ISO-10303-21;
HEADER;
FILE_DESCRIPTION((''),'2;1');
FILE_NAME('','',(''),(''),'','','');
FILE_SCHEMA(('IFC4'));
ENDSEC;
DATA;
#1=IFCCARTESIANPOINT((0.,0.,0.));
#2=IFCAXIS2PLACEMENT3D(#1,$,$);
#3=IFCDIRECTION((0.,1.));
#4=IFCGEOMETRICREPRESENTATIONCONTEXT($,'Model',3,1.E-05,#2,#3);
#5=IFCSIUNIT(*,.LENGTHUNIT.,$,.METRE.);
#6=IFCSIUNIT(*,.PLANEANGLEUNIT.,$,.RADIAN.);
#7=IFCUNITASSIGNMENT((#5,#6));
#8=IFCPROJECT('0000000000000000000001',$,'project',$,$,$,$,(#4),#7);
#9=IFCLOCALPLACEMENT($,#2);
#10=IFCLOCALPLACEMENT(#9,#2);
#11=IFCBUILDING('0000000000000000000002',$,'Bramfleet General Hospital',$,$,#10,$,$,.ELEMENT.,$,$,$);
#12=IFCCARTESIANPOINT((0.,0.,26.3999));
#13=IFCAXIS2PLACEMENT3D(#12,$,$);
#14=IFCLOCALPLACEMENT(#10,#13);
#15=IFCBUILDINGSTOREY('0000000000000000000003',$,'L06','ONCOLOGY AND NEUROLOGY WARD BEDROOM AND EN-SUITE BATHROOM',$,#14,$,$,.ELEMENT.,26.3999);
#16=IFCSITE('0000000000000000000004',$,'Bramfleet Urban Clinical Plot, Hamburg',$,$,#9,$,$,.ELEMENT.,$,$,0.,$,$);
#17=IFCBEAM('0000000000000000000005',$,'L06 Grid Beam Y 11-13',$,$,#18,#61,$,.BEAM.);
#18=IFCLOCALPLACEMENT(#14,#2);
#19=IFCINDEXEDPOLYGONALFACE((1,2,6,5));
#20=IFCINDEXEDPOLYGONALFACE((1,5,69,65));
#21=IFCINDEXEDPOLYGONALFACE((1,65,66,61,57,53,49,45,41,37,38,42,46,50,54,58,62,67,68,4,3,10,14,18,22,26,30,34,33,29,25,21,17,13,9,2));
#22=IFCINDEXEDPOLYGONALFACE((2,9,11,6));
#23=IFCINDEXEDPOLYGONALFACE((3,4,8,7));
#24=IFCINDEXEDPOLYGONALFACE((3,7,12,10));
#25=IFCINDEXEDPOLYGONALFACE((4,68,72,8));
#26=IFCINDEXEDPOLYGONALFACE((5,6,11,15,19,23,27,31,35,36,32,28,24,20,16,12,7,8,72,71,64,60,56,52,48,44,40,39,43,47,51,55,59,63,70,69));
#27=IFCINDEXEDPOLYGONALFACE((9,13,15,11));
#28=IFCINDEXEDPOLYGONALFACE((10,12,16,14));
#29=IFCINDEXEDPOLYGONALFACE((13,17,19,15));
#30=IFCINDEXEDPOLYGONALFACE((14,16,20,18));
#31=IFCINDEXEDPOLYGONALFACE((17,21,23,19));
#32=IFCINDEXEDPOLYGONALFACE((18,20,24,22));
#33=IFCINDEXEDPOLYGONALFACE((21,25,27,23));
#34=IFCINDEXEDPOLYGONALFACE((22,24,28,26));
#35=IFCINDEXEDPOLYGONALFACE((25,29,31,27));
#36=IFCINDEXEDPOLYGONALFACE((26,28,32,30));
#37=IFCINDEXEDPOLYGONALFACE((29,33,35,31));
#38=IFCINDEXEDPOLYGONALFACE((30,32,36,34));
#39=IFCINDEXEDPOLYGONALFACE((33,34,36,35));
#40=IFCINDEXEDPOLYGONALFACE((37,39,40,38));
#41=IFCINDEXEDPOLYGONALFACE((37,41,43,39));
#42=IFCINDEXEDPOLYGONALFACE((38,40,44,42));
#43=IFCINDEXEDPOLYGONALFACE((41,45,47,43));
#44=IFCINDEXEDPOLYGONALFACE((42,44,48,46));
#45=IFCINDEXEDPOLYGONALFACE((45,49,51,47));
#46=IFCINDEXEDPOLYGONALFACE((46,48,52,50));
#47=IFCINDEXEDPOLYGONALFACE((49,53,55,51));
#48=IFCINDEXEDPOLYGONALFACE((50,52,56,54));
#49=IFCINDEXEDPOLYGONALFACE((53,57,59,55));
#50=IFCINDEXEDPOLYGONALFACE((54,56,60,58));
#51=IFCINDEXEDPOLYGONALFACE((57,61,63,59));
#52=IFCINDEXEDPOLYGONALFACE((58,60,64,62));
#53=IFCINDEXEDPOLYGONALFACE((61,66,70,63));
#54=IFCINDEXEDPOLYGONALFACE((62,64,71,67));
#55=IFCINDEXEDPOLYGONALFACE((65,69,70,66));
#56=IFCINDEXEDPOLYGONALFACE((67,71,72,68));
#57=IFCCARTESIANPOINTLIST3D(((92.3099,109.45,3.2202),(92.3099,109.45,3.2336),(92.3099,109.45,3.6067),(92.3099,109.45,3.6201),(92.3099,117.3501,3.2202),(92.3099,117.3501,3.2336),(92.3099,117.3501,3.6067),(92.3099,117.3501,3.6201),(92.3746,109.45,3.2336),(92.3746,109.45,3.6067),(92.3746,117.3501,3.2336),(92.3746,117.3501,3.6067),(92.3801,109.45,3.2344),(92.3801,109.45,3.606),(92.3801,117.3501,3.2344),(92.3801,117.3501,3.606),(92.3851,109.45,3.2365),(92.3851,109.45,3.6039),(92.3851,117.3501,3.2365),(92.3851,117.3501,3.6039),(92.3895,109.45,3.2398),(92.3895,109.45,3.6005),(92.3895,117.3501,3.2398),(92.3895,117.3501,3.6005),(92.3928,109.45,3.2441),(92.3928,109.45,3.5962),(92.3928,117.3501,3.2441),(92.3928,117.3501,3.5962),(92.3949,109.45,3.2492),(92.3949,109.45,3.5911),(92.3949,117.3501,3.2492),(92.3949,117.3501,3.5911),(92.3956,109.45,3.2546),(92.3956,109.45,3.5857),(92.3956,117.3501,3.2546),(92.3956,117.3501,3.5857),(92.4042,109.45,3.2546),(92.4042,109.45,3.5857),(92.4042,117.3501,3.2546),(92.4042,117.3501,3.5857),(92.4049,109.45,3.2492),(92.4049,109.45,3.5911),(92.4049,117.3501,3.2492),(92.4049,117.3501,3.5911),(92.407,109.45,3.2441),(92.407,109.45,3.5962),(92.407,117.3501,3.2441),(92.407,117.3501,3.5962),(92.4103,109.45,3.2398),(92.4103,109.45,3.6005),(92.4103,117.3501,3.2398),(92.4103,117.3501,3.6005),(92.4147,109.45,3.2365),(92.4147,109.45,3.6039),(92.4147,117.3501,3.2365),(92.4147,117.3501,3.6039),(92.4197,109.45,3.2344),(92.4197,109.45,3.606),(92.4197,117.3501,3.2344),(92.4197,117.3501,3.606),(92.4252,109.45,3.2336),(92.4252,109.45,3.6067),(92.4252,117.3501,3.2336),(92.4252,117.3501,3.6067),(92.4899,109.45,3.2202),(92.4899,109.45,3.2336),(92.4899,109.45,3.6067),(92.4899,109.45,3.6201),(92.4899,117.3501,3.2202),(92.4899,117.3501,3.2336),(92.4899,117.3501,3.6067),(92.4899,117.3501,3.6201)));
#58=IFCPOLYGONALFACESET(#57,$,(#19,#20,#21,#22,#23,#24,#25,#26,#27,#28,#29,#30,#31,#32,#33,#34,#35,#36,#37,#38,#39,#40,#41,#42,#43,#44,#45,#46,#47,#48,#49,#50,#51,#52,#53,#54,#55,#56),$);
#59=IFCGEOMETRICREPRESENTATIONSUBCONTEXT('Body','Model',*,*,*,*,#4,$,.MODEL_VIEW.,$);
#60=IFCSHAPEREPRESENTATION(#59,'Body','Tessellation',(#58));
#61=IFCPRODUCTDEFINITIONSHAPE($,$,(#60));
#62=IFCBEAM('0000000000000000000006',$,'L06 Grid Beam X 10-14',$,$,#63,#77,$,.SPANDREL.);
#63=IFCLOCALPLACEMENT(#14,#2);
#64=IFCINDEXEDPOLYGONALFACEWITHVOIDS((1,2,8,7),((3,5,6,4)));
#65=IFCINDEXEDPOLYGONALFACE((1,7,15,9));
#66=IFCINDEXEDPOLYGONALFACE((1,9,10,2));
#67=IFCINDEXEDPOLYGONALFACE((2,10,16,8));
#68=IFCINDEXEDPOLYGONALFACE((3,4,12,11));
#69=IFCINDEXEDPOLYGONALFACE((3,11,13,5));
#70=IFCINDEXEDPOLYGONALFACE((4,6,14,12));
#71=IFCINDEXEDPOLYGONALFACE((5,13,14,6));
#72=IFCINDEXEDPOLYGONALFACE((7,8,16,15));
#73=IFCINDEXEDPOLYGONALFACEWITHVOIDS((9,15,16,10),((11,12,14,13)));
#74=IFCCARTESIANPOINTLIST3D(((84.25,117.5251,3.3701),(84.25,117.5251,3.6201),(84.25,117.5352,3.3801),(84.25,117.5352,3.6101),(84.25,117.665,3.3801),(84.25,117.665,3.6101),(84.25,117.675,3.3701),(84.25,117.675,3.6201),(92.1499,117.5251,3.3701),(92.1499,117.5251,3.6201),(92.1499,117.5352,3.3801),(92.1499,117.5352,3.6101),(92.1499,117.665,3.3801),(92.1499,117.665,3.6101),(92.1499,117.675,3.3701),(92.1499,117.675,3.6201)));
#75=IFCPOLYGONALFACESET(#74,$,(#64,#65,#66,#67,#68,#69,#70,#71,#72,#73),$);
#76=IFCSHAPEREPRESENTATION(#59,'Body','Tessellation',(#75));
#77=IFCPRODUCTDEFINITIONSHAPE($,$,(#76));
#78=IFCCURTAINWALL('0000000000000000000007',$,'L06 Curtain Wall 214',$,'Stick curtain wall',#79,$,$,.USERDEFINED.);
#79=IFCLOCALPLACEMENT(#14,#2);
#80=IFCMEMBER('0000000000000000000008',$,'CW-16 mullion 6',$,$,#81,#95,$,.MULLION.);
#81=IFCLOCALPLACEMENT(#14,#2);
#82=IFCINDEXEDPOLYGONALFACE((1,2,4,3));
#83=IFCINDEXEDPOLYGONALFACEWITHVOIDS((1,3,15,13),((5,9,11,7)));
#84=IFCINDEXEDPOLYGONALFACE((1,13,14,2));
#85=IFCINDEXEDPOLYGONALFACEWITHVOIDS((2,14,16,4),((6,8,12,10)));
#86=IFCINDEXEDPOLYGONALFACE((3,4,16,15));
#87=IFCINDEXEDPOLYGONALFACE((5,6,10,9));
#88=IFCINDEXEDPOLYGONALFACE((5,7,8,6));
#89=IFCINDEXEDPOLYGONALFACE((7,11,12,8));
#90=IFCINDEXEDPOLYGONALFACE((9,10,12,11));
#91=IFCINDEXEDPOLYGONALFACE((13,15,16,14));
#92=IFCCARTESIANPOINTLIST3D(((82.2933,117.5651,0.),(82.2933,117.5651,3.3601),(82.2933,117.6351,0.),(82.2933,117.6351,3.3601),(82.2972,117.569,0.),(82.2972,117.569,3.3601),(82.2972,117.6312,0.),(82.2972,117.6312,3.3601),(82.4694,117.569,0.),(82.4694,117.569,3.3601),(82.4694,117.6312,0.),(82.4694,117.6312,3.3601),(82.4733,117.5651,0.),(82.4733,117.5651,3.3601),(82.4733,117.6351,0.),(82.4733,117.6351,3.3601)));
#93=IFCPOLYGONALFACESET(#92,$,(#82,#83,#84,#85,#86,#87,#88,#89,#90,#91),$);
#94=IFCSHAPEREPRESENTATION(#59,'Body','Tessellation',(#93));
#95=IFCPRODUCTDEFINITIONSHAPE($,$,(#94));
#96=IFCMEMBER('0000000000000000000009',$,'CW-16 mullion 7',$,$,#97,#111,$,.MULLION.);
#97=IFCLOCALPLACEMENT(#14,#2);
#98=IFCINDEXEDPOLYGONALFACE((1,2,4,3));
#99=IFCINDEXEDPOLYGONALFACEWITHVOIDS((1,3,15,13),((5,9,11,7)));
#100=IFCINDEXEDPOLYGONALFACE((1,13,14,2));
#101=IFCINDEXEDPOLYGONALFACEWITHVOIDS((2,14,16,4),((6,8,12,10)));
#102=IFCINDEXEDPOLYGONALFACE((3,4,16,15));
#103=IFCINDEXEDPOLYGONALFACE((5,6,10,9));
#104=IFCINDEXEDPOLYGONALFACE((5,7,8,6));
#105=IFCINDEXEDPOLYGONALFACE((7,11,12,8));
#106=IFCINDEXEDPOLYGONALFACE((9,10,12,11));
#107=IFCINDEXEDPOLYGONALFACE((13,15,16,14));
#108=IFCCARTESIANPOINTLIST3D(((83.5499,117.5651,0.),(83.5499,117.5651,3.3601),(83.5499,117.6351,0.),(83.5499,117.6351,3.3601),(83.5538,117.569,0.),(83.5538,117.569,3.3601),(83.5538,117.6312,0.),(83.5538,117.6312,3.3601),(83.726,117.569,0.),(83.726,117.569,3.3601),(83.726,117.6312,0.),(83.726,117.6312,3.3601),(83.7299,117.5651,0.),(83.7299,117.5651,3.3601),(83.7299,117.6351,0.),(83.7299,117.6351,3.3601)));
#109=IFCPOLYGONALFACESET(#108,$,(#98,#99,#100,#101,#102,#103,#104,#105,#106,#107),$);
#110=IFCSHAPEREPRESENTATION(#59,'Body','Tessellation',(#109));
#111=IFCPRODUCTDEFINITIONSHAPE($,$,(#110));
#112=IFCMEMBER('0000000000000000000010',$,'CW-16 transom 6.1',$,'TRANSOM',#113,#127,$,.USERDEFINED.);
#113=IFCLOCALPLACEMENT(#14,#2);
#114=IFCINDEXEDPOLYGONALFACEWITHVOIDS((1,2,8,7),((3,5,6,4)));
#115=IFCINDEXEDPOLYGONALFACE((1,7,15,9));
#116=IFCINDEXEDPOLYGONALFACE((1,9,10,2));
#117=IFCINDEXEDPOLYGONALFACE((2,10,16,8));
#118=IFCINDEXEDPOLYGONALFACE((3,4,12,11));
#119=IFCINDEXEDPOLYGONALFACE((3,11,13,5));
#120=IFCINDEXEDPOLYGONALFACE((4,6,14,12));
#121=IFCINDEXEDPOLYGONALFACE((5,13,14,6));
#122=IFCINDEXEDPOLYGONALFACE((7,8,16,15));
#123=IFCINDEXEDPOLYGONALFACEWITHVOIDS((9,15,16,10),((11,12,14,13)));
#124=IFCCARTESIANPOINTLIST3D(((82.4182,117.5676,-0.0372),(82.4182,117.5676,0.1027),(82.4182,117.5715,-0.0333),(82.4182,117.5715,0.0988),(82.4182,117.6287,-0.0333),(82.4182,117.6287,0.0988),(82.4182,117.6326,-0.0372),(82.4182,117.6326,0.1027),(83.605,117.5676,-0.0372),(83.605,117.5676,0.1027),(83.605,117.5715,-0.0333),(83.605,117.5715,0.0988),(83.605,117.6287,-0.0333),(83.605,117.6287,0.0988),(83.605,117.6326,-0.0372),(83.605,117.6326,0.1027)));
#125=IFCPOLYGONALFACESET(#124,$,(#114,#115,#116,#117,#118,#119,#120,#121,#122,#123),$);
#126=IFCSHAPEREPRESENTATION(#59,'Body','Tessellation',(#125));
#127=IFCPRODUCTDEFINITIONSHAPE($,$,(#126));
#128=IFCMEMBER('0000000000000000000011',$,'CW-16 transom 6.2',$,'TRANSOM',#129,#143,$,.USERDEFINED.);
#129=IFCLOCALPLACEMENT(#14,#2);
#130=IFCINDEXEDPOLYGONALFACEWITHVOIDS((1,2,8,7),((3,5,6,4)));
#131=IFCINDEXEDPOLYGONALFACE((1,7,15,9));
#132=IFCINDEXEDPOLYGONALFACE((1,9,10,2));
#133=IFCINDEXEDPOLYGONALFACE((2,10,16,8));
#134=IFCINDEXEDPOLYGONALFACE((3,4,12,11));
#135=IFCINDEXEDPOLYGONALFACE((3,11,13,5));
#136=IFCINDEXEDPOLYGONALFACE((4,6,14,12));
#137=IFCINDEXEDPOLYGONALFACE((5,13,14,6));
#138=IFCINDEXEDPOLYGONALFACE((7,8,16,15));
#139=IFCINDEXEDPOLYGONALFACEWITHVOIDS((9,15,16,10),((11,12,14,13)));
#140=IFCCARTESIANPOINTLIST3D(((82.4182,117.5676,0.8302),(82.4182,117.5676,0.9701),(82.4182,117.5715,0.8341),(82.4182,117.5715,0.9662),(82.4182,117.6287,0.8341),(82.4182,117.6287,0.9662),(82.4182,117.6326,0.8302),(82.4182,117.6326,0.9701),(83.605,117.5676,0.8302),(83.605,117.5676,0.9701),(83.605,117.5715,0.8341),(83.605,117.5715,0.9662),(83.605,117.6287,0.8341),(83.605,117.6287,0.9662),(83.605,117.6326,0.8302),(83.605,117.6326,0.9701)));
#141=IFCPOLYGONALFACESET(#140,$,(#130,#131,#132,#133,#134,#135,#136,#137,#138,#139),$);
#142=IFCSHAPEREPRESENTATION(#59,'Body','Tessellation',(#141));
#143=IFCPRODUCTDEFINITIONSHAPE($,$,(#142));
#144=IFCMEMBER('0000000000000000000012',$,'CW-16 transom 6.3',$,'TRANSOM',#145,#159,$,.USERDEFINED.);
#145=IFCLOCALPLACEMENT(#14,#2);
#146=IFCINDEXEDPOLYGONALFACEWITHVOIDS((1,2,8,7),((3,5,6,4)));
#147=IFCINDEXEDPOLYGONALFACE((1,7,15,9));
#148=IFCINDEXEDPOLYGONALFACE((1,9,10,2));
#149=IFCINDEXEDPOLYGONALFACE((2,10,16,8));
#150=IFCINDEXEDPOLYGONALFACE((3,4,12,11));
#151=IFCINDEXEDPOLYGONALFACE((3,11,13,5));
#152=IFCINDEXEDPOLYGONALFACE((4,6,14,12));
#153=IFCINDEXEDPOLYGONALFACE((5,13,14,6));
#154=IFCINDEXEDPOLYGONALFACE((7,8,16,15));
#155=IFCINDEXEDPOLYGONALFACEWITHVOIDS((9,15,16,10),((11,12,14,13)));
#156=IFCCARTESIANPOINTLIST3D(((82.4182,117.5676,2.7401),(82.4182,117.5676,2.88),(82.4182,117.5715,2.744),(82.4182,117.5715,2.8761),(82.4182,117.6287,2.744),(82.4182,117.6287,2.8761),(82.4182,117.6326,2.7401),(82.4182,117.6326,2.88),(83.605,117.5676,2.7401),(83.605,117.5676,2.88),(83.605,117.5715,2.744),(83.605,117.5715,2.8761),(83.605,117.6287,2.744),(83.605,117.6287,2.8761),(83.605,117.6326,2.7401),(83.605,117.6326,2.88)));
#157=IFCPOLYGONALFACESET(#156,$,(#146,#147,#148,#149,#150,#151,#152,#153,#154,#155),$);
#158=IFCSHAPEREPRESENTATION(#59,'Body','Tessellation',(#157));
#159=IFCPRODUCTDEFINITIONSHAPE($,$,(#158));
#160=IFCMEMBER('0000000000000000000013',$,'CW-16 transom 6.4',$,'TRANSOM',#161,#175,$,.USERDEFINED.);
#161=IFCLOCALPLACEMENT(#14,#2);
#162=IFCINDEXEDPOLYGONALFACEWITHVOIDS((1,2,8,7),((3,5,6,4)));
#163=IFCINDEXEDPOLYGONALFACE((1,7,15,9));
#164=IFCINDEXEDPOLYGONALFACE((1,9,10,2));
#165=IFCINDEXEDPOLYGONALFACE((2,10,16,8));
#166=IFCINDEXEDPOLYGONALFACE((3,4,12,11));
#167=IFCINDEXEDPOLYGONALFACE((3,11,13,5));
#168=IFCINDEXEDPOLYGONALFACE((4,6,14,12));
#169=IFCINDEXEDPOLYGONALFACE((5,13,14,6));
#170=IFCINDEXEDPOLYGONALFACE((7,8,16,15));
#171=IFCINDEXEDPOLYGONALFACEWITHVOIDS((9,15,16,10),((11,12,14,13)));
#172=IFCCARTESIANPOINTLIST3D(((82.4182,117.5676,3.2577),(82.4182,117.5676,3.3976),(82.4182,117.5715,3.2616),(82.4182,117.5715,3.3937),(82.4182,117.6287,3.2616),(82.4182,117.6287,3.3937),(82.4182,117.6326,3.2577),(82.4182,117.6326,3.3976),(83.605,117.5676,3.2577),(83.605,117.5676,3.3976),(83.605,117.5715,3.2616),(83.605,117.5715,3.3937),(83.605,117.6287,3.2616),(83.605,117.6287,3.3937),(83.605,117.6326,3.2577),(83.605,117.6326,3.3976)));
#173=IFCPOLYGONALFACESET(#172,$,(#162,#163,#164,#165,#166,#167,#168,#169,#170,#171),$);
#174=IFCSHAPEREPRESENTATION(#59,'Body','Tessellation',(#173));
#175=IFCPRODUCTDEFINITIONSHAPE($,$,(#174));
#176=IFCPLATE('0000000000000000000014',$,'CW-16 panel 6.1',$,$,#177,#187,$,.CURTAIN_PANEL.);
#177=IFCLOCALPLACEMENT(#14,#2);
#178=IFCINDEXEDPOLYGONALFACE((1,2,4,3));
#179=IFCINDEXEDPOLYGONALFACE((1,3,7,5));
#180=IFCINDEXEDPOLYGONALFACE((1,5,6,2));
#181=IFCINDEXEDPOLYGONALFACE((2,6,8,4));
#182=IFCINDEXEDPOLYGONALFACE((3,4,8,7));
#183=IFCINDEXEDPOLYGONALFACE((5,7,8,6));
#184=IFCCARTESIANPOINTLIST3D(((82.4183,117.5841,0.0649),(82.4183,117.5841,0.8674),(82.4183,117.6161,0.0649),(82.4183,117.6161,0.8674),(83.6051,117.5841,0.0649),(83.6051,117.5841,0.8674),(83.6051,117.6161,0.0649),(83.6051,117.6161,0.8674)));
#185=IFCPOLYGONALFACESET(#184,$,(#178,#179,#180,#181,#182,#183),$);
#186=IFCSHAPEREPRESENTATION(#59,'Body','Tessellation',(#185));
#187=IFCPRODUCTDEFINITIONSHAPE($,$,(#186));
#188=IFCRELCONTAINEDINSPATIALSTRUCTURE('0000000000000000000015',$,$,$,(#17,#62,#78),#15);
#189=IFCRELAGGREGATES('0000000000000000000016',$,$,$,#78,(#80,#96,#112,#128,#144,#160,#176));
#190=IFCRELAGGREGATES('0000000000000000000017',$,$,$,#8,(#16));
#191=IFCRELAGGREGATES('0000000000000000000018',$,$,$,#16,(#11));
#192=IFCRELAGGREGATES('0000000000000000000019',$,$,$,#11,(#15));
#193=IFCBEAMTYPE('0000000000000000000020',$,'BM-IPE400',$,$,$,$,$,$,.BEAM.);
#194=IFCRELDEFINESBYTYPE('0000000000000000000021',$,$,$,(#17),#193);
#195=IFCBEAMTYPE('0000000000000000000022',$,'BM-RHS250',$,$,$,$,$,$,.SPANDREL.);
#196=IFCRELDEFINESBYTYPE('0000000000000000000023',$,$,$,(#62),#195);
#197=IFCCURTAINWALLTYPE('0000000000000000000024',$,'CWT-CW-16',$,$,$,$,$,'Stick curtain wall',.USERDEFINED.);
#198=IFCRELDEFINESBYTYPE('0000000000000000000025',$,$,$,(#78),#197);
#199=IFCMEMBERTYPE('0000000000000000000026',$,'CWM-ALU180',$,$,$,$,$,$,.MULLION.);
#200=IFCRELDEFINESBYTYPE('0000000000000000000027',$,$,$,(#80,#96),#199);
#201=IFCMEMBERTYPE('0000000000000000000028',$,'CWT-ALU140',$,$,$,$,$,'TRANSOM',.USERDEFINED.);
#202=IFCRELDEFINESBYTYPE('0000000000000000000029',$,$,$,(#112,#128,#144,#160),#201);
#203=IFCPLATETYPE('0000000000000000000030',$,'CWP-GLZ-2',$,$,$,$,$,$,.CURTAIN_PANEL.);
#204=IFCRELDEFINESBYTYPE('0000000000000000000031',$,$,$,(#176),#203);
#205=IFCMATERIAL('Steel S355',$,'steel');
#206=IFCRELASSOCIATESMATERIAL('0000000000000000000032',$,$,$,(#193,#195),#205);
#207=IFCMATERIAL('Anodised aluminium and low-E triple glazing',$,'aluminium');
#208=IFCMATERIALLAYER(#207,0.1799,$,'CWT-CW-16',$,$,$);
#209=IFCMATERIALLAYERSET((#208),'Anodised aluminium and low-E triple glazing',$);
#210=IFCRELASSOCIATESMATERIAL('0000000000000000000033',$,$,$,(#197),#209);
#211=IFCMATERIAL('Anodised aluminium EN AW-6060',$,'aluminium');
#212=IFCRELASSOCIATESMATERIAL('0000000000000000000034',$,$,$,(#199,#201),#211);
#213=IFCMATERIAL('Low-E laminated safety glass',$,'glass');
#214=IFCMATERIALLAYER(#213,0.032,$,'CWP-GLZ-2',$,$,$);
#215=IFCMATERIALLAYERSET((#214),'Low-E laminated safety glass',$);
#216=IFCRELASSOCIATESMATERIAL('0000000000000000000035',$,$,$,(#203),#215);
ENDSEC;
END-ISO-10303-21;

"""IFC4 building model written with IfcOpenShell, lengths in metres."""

from ifc_helpers import new_model, si_unit, direction, frame, origin, origin_2d, place, context, subcontext, project, spatial, rectangle, hollow_rectangle, i_section, extrude, material, layer, layer_set, material_profile, profile_set, type_object, element, aggregate, save


model = new_model("IFC4")

# Units and contexts
model_context = context("Model", 3, precision=1e-05, world=origin(), true_north=direction((0.0, 1.0)))
body_context = subcontext(model_context, "Body", "Model", "MODEL_VIEW")
ifc_project = project(units=[si_unit("LENGTHUNIT", "METRE"), si_unit("PLANEANGLEUNIT", "RADIAN")], contexts=[model_context])

# Site, building, storey
site_placement = place(None, origin())
site = spatial("IfcSite", under=ifc_project, at=site_placement, Name="Bramfleet Urban Clinical Plot, Hamburg", CompositionType="ELEMENT", RefElevation=0.0)
building_placement = place(site_placement, origin())
building = spatial("IfcBuilding", under=site, at=building_placement, Name="Bramfleet General Hospital", CompositionType="ELEMENT")
storey_placement = place(building_placement, frame((0.0, 0.0, 26.3999)))
storey = spatial("IfcBuildingStorey", under=building, at=storey_placement, Name="L06", Description="ONCOLOGY AND NEUROLOGY WARD BEDROOM AND EN-SUITE BATHROOM", CompositionType="ELEMENT", Elevation=26.3999)

# Beams
ifc_material_1 = material(Name="Steel S355", Category="steel")
ifc_material_profile_1 = material_profile(ifc_material_1, i_section(OverallWidth=0.1799, OverallDepth=0.3999, WebThickness=0.0085, FlangeThickness=0.0134, FilletRadius=0.021, at=origin_2d()), Name="IPE 400")
ifc_profile_set_1 = profile_set([ifc_material_profile_1], Name="Steel S355")
beam_type_1 = type_object("IfcBeamType", Name="BM-IPE400", PredefinedType="BEAM", material=ifc_profile_set_1)
for number, where, z_axis, x_axis, name in (
    (1, (92.3999, 109.45, 3.4202), (0.0, 1.0, 0.0), (-1.0, 0.0, 0.0), "L06 Grid Beam Y 11-13"),
):
    element("IfcBeam", number, at=place(storey_placement, frame(where, z_axis=z_axis, x_axis=x_axis)), inside=storey, type_object=beam_type_1, Name=name, PredefinedType="BEAM", context=body_context, shape_type="SweptSolid", body=[
        extrude(i_section(OverallWidth=0.1799, OverallDepth=0.3999, WebThickness=0.0085, FlangeThickness=0.0134, FilletRadius=0.021, at=origin_2d()), origin(), (0.0, 0.0, 1.0), 7.9001),
    ])
ifc_material_profile_2 = material_profile(ifc_material_1, hollow_rectangle(XDim=0.1499, YDim=0.25, WallThickness=0.01, at=origin_2d()), Name="RHS 250x150x10.0")
ifc_profile_set_2 = profile_set([ifc_material_profile_2], Name="Steel S355")
beam_type_2 = type_object("IfcBeamType", Name="BM-RHS250", PredefinedType="SPANDREL", material=ifc_profile_set_2)
beam_placement = place(storey_placement, frame((84.25, 117.6001, 3.4951), z_axis=(1.0, 0.0, 0.0), x_axis=(0.0, 1.0, 0.0)))
element("IfcBeam", 2, at=beam_placement, inside=storey, type_object=beam_type_2, Name="L06 Grid Beam X 10-14", PredefinedType="SPANDREL", context=body_context, shape_type="SweptSolid", body=[
    extrude(hollow_rectangle(XDim=0.1499, YDim=0.25, WallThickness=0.01, at=origin_2d()), origin(), (0.0, 0.0, 1.0), 7.8999),
])

# Curtain wall, members, plate
ifc_material_2 = material(Name="Anodised aluminium and low-E triple glazing", Category="aluminium")
ifc_layer_1 = layer(ifc_material_2, 0.1799, Name="CWT-CW-16")
ifc_layer_set_1 = layer_set([ifc_layer_1], Name="Anodised aluminium and low-E triple glazing")
curtain_wall_type = type_object("IfcCurtainWallType", Name="CWT-CW-16", ElementType="Stick curtain wall", PredefinedType="USERDEFINED", material=ifc_layer_set_1)
curtain_wall_placement = place(storey_placement, origin())
curtain_wall = element("IfcCurtainWall", 3, at=curtain_wall_placement, inside=storey, type_object=curtain_wall_type, Name="L06 Curtain Wall 214", ObjectType="Stick curtain wall", PredefinedType="USERDEFINED")
ifc_material_3 = material(Name="Anodised aluminium EN AW-6060", Category="aluminium")
ifc_material_profile_3 = material_profile(ifc_material_3, hollow_rectangle(XDim=0.0701, YDim=0.1799, WallThickness=0.0039, at=origin_2d()), Name="ALU 180x70x4.0")
ifc_profile_set_3 = profile_set([ifc_material_profile_3], Name="Anodised aluminium EN AW-6060")
member_type_1 = type_object("IfcMemberType", Name="CWM-ALU180", PredefinedType="MULLION", material=ifc_profile_set_3)
member_1_placement = place(storey_placement, frame((82.3833, 117.6001, 0.0), z_axis=(0.0, 0.0, 1.0), x_axis=(0.0, 1.0, 0.0)))
member_1 = element("IfcMember", 4, at=member_1_placement, type_object=member_type_1, Name="CW-16 mullion 6", PredefinedType="MULLION", context=body_context, shape_type="SweptSolid", body=[
    extrude(hollow_rectangle(XDim=0.0701, YDim=0.1799, WallThickness=0.0039, at=origin_2d()), origin(), (0.0, 0.0, 1.0), 3.3601),
])
member_2_placement = place(storey_placement, frame((83.6399, 117.6001, 0.0), z_axis=(0.0, 0.0, 1.0), x_axis=(0.0, 1.0, 0.0)))
member_2 = element("IfcMember", 5, at=member_2_placement, type_object=member_type_1, Name="CW-16 mullion 7", PredefinedType="MULLION", context=body_context, shape_type="SweptSolid", body=[
    extrude(hollow_rectangle(XDim=0.0701, YDim=0.1799, WallThickness=0.0039, at=origin_2d()), origin(), (0.0, 0.0, 1.0), 3.3601),
])
ifc_material_profile_4 = material_profile(ifc_material_3, hollow_rectangle(XDim=0.0649, YDim=0.1399, WallThickness=0.0039, at=origin_2d()), Name="ALU 140x65x4.0")
ifc_profile_set_4 = profile_set([ifc_material_profile_4], Name="Anodised aluminium EN AW-6060")
member_type_2 = type_object("IfcMemberType", Name="CWT-ALU140", ElementType="TRANSOM", PredefinedType="USERDEFINED", material=ifc_profile_set_4)
member_3_placement = place(storey_placement, frame((82.4182, 117.6001, 0.0327), z_axis=(1.0, 0.0, 0.0), x_axis=(0.0, 1.0, 0.0)))
member_3 = element("IfcMember", 6, at=member_3_placement, type_object=member_type_2, Name="CW-16 transom 6.1", ObjectType="TRANSOM", PredefinedType="USERDEFINED", context=body_context, shape_type="SweptSolid", body=[
    extrude(hollow_rectangle(XDim=0.0649, YDim=0.1399, WallThickness=0.0039, at=origin_2d()), origin(), (0.0, 0.0, 1.0), 1.1868),
])
member_4_placement = place(storey_placement, frame((82.4182, 117.6001, 0.9001), z_axis=(1.0, 0.0, 0.0), x_axis=(0.0, 1.0, 0.0)))
member_4 = element("IfcMember", 7, at=member_4_placement, type_object=member_type_2, Name="CW-16 transom 6.2", ObjectType="TRANSOM", PredefinedType="USERDEFINED", context=body_context, shape_type="SweptSolid", body=[
    extrude(hollow_rectangle(XDim=0.0649, YDim=0.1399, WallThickness=0.0039, at=origin_2d()), origin(), (0.0, 0.0, 1.0), 1.1868),
])
member_5_placement = place(storey_placement, frame((82.4182, 117.6001, 2.8101), z_axis=(1.0, 0.0, 0.0), x_axis=(0.0, 1.0, 0.0)))
member_5 = element("IfcMember", 8, at=member_5_placement, type_object=member_type_2, Name="CW-16 transom 6.3", ObjectType="TRANSOM", PredefinedType="USERDEFINED", context=body_context, shape_type="SweptSolid", body=[
    extrude(hollow_rectangle(XDim=0.0649, YDim=0.1399, WallThickness=0.0039, at=origin_2d()), origin(), (0.0, 0.0, 1.0), 1.1868),
])
member_6_placement = place(storey_placement, frame((82.4182, 117.6001, 3.3276), z_axis=(1.0, 0.0, 0.0), x_axis=(0.0, 1.0, 0.0)))
member_6 = element("IfcMember", 9, at=member_6_placement, type_object=member_type_2, Name="CW-16 transom 6.4", ObjectType="TRANSOM", PredefinedType="USERDEFINED", context=body_context, shape_type="SweptSolid", body=[
    extrude(hollow_rectangle(XDim=0.0649, YDim=0.1399, WallThickness=0.0039, at=origin_2d()), origin(), (0.0, 0.0, 1.0), 1.1868),
])
ifc_material_4 = material(Name="Low-E laminated safety glass", Category="glass")
ifc_layer_2 = layer(ifc_material_4, 0.032, Name="CWP-GLZ-2")
ifc_layer_set_2 = layer_set([ifc_layer_2], Name="Low-E laminated safety glass")
plate_type = type_object("IfcPlateType", Name="CWP-GLZ-2", PredefinedType="CURTAIN_PANEL", material=ifc_layer_set_2)
plate_1_placement = place(storey_placement, frame((83.0117, 117.6001, 0.0649), z_axis=(0.0, 0.0, 1.0), x_axis=(1.0, 0.0, 0.0)))
plate_1 = element("IfcPlate", 10, at=plate_1_placement, type_object=plate_type, Name="CW-16 panel 6.1", PredefinedType="CURTAIN_PANEL", context=body_context, shape_type="SweptSolid", body=[
    extrude(rectangle(XDim=1.1868, YDim=0.032, at=origin_2d()), origin(), (0.0, 0.0, 1.0), 0.8025),
])
aggregate(curtain_wall, [member_1, member_2, member_3, member_4, member_5, member_6, plate_1])

save(model, "model.ifc")
